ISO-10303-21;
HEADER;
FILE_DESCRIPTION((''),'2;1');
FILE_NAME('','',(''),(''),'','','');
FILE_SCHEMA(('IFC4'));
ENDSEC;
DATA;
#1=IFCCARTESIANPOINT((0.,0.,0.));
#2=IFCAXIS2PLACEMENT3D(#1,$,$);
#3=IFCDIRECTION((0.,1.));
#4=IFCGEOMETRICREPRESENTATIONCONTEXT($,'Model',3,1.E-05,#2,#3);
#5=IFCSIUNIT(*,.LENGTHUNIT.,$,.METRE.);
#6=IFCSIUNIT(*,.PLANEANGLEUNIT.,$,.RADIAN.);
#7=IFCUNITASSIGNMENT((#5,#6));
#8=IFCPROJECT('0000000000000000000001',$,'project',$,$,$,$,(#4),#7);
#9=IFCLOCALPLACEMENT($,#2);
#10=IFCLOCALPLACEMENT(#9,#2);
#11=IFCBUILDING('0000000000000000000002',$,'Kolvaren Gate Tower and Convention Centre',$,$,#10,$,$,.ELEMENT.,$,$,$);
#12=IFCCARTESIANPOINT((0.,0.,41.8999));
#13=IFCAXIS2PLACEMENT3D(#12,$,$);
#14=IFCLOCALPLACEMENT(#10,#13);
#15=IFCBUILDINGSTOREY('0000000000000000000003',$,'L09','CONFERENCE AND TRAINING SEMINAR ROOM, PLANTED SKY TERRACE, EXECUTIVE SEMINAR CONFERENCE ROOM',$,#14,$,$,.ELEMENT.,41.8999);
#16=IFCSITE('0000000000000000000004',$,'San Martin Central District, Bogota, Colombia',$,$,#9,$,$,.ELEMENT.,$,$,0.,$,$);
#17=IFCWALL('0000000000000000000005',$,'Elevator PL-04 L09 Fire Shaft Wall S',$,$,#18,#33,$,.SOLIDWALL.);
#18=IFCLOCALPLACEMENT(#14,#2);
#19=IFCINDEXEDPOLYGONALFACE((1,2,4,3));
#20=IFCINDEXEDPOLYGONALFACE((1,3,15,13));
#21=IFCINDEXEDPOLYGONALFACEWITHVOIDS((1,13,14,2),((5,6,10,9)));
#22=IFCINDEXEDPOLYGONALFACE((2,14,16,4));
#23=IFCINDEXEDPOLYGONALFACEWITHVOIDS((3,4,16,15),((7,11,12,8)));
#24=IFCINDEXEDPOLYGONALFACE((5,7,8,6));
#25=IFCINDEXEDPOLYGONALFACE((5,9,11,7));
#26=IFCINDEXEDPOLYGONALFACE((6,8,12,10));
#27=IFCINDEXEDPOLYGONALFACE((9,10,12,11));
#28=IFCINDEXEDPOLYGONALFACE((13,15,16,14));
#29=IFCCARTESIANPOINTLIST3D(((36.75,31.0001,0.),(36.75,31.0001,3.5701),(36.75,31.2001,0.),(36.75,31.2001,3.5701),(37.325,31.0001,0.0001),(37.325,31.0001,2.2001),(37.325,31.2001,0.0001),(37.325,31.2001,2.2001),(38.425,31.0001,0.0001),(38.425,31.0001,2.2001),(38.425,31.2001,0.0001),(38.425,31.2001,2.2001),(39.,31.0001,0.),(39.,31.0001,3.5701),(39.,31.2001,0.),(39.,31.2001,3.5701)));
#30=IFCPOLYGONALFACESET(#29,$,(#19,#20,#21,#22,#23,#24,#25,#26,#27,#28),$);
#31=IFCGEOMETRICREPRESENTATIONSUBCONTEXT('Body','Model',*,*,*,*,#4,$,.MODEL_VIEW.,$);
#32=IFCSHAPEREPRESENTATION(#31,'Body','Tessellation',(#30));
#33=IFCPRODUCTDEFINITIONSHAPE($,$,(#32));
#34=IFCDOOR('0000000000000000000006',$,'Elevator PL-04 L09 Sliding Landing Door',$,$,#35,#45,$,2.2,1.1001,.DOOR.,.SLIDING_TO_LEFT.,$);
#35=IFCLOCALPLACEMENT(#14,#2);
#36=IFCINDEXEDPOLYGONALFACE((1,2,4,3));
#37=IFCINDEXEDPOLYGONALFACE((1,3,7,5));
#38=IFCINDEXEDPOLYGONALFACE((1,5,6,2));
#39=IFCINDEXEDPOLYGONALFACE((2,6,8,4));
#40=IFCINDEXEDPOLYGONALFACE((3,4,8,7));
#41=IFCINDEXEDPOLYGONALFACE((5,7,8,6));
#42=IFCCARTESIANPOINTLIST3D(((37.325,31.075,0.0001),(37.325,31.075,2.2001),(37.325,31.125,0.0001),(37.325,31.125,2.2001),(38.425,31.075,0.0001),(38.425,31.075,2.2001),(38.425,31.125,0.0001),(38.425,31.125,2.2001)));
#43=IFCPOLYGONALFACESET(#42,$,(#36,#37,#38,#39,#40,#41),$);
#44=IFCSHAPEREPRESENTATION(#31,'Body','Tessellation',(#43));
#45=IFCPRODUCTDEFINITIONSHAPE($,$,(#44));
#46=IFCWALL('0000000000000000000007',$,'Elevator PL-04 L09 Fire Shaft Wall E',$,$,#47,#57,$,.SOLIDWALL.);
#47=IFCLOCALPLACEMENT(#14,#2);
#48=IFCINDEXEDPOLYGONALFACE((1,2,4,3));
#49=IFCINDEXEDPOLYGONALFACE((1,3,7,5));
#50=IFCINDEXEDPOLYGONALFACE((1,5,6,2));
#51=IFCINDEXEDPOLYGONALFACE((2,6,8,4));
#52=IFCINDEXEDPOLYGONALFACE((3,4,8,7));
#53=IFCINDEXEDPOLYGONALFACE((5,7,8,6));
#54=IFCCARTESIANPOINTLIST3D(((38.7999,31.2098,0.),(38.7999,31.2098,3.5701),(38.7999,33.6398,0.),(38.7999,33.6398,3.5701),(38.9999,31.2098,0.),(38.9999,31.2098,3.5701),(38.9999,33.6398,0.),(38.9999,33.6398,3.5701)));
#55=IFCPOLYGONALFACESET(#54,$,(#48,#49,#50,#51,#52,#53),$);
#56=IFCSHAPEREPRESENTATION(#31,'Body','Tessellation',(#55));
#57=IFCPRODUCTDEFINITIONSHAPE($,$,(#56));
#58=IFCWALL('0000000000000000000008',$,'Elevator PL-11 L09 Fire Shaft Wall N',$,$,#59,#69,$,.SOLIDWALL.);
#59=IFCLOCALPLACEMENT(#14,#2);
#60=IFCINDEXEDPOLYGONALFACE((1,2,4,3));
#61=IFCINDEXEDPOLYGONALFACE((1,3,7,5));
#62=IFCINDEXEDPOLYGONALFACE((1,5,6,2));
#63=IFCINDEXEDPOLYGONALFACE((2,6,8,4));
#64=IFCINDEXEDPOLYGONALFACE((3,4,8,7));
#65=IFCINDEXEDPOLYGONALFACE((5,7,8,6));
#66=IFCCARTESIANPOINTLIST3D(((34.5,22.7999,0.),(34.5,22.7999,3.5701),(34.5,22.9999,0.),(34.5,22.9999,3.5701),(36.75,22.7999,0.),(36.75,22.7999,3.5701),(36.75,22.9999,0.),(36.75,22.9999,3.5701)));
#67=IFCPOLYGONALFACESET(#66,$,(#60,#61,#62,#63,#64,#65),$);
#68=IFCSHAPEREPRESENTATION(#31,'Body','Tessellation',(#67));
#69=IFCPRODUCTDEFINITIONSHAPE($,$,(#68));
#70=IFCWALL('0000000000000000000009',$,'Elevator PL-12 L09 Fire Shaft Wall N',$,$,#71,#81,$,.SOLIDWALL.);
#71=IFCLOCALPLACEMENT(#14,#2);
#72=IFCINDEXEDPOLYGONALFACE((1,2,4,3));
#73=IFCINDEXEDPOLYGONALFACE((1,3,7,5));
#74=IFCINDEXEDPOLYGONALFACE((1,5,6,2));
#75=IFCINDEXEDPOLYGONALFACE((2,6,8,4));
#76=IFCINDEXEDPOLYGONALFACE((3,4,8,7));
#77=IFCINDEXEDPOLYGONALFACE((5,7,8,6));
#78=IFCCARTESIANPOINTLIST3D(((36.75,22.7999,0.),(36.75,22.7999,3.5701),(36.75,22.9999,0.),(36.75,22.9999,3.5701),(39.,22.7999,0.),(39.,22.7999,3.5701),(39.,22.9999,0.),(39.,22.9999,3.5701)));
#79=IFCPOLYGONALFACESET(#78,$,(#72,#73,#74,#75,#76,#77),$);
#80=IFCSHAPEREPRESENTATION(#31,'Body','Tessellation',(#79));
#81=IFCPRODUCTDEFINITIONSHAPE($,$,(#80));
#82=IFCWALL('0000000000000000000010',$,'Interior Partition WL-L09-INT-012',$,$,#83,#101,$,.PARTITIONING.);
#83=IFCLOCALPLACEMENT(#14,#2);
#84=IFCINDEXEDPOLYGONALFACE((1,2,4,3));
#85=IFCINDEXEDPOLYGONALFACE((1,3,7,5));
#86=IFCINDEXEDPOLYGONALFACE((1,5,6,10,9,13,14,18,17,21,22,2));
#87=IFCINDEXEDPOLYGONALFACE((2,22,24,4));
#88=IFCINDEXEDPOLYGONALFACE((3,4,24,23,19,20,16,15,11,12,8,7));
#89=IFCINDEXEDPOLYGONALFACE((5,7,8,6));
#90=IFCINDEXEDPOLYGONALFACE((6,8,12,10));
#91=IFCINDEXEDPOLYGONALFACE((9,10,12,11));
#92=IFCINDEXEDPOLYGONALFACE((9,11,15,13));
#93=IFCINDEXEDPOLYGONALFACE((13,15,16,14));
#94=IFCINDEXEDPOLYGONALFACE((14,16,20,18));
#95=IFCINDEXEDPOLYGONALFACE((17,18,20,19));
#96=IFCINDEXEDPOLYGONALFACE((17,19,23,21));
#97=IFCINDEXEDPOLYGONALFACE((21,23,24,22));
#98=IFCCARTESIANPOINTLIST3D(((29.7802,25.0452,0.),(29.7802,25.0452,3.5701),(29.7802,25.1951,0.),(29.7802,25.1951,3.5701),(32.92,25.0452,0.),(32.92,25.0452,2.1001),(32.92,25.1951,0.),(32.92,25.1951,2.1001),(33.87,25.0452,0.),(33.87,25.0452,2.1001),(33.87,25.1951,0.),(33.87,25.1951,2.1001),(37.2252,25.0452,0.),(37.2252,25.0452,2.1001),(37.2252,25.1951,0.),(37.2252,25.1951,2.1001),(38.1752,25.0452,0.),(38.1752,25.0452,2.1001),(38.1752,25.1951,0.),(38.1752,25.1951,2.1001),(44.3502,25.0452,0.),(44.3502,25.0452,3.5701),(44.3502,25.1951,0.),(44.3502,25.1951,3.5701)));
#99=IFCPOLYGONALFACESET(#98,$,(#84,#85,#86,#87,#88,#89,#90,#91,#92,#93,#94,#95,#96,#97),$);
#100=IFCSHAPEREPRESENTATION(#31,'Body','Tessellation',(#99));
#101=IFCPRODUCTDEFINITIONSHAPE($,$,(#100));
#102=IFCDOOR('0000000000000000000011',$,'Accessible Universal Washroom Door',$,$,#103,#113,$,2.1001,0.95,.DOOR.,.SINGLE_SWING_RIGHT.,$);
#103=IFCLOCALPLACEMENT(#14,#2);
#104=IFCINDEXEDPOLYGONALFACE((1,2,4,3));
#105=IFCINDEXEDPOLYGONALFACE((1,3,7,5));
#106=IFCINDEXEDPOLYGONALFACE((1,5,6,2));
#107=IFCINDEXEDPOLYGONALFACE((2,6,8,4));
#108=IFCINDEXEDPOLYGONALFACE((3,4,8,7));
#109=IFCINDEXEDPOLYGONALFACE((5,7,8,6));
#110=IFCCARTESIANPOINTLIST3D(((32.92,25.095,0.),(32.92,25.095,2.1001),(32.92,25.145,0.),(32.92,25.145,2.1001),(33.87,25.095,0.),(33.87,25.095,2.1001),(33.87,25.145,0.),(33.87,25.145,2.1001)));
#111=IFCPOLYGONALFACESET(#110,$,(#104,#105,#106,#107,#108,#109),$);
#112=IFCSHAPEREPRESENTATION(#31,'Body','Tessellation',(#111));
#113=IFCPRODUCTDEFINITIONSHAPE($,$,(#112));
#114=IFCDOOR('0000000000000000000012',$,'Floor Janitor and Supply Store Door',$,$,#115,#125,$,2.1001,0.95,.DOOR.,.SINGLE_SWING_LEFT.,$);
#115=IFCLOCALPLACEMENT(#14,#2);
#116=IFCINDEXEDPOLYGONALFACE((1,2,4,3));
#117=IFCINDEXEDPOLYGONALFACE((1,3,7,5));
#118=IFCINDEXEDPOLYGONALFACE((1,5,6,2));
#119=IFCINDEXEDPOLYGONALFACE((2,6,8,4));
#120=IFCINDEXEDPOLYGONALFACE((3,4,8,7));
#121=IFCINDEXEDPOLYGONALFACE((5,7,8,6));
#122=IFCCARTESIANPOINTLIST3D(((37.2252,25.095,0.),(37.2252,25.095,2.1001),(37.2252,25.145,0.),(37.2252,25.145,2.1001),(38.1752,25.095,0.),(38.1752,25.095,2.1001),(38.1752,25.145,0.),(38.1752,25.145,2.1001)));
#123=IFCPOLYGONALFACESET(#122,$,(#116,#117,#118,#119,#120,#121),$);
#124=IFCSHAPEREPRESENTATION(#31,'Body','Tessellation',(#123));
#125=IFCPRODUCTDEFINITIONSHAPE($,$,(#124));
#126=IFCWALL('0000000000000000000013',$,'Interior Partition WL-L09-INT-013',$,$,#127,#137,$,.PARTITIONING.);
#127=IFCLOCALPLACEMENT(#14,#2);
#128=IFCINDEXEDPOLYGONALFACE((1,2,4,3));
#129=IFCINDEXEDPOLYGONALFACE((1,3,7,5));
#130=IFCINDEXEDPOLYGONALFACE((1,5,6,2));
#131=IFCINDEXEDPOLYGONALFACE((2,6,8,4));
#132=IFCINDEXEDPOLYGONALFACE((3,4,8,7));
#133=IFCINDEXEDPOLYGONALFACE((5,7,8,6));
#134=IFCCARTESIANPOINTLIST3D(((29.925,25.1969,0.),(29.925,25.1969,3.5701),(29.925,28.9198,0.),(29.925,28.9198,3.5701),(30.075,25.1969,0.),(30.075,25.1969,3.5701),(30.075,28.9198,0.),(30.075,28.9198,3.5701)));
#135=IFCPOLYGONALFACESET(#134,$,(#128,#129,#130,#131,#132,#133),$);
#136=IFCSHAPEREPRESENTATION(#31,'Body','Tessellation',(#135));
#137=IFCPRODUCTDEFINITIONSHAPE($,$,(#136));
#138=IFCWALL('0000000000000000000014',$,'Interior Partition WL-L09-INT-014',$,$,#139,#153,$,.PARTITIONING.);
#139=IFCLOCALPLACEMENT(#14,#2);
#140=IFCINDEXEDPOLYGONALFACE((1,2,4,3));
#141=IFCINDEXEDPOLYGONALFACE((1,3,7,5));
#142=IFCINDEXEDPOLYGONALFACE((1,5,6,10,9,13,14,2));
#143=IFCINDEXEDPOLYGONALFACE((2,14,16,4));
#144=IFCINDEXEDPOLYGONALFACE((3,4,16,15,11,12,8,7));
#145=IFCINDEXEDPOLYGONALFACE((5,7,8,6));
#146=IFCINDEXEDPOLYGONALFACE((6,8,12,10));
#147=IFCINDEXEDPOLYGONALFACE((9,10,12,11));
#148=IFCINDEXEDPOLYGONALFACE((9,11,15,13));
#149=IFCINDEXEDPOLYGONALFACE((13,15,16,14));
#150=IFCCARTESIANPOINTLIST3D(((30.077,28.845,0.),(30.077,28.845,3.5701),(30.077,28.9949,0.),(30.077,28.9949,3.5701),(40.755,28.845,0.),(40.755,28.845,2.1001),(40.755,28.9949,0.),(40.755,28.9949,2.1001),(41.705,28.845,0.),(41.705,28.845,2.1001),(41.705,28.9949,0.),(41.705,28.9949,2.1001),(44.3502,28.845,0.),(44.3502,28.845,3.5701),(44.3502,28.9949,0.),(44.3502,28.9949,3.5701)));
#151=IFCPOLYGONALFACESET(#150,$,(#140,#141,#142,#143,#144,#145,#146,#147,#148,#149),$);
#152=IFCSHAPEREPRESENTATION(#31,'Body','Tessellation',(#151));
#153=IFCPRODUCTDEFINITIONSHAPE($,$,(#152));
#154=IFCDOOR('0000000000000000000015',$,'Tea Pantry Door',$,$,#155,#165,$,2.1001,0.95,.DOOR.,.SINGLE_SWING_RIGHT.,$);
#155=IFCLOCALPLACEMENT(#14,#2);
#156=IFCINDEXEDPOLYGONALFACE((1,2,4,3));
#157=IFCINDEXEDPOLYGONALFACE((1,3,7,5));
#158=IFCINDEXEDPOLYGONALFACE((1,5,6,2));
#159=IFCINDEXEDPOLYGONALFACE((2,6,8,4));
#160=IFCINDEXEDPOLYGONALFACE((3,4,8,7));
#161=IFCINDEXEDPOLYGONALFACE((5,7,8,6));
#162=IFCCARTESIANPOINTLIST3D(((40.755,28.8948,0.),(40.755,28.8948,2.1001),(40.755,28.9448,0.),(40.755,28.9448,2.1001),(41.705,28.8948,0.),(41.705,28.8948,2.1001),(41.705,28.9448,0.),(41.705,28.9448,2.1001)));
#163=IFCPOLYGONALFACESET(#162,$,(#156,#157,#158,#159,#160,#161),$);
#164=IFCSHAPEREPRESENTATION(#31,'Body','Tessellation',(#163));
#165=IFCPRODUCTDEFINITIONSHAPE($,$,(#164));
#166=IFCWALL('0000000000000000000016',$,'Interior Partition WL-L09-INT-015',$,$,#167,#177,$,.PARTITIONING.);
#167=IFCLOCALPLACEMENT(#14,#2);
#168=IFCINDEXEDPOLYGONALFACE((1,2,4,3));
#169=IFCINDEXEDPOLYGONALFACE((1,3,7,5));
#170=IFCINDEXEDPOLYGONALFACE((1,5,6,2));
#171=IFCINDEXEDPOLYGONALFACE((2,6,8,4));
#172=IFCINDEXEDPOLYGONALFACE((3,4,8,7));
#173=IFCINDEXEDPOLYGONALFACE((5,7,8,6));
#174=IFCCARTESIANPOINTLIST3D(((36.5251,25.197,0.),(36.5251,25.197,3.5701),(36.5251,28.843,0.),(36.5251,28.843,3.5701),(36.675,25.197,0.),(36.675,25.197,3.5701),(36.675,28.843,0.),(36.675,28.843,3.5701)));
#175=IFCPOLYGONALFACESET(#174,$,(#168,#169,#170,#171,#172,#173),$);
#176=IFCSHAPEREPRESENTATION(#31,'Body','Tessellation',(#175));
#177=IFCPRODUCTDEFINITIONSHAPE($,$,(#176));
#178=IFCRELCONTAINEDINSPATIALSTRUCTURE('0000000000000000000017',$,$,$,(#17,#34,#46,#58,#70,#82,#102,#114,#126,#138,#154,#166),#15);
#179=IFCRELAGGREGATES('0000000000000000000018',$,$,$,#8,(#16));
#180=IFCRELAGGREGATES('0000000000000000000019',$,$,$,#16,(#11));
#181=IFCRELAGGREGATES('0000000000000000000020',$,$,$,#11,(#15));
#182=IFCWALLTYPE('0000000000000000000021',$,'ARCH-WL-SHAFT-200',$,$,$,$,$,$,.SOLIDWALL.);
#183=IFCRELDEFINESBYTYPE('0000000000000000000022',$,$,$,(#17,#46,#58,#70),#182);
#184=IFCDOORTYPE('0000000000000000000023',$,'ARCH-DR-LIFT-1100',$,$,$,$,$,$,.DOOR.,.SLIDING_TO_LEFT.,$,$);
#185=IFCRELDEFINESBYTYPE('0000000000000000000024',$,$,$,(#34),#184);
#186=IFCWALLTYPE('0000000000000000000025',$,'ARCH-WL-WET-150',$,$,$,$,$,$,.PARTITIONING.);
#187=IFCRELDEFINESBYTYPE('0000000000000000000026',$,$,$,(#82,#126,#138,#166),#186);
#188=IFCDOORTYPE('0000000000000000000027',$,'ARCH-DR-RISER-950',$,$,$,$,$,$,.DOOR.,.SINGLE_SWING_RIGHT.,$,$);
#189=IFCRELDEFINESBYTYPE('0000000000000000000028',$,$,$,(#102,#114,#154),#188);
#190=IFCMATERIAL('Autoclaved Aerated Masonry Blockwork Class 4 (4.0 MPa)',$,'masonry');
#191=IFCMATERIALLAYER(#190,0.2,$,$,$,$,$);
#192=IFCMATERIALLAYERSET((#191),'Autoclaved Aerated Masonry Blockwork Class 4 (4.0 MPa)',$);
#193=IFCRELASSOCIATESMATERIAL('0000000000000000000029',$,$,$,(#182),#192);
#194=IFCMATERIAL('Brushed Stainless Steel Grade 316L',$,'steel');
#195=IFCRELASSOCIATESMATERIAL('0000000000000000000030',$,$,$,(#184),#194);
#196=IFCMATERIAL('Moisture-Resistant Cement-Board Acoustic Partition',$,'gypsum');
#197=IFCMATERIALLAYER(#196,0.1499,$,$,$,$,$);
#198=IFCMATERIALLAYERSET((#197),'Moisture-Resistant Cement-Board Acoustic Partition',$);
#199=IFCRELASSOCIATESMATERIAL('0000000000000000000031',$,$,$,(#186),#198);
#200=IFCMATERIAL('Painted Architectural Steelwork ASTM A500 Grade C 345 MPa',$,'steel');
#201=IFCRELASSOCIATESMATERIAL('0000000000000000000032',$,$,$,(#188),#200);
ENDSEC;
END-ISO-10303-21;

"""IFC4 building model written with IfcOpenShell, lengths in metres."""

from ifc_helpers import new_model, si_unit, direction, frame, frame_2d, origin, place, context, subcontext, project, spatial, rectangle, extrude, material, layer, layer_set, type_object, element, fill, save


model = new_model("IFC4")

# Units and contexts
model_context = context("Model", 3, precision=1e-05, world=origin(), true_north=direction((0.0, 1.0)))
body_context = subcontext(model_context, "Body", "Model", "MODEL_VIEW")
ifc_project = project(units=[si_unit("LENGTHUNIT", "METRE"), si_unit("PLANEANGLEUNIT", "RADIAN")], contexts=[model_context])

# Site, building, storey
site_placement = place(None, origin())
site = spatial("IfcSite", under=ifc_project, at=site_placement, Name="San Martin Central District, Bogota, Colombia", CompositionType="ELEMENT", RefElevation=0.0)
building_placement = place(site_placement, origin())
building = spatial("IfcBuilding", under=site, at=building_placement, Name="Kolvaren Gate Tower and Convention Centre", CompositionType="ELEMENT")
storey_placement = place(building_placement, frame((0.0, 0.0, 41.8999)))
storey = spatial("IfcBuildingStorey", under=building, at=storey_placement, Name="L09", Description="CONFERENCE AND TRAINING SEMINAR ROOM, PLANTED SKY TERRACE, EXECUTIVE SEMINAR CONFERENCE ROOM", CompositionType="ELEMENT", Elevation=41.8999)

# Shared definitions
ifc_material_1 = material(Name="Autoclaved Aerated Masonry Blockwork Class 4 (4.0 MPa)", Category="masonry")
ifc_layer_1 = layer(ifc_material_1, 0.2)
ifc_layer_set_1 = layer_set([ifc_layer_1], Name="Autoclaved Aerated Masonry Blockwork Class 4 (4.0 MPa)")
wall_type_1 = type_object("IfcWallType", Name="ARCH-WL-SHAFT-200", PredefinedType="SOLIDWALL", material=ifc_layer_set_1)
ifc_material_2 = material(Name="Brushed Stainless Steel Grade 316L", Category="steel")
door_type_1 = type_object("IfcDoorType", Name="ARCH-DR-LIFT-1100", OperationType="SLIDING_TO_LEFT", PredefinedType="DOOR", material=ifc_material_2)

# Wall, opening, door
wall_1_placement = place(storey_placement, frame((36.75, 31.1001, 0.0), z_axis=(0.0, 0.0, 1.0), x_axis=(1.0, 0.0, 0.0)))
wall_1 = element("IfcWall", 1, at=wall_1_placement, inside=storey, type_object=wall_type_1, Name="Elevator PL-04 L09 Fire Shaft Wall S", PredefinedType="SOLIDWALL", context=body_context, shape_type="SweptSolid", body=[
    extrude(rectangle(XDim=2.25, YDim=0.2, at=frame_2d((1.125, 0.0))), origin(), (0.0, 0.0, 1.0), 3.5701),
])
opening_1_placement = place(wall_1_placement, frame((0.575, 0.0, 0.0)))
opening_1 = element("IfcOpeningElement", 2, at=opening_1_placement, cuts=wall_1, PredefinedType="OPENING", context=body_context, shape_type="SweptSolid", body=[
    extrude(rectangle(XDim=1.1001, YDim=2.2, at=frame_2d((0.55, 1.1001))), frame((0.0, 0.1099, 0.0), z_axis=(0.0, -1.0, 0.0), x_axis=(1.0, 0.0, 0.0)), (0.0, 0.0, 1.0), 0.22),
])
door_1_placement = place(opening_1_placement, origin())
door_1 = element("IfcDoor", 3, at=door_1_placement, inside=storey, type_object=door_type_1, Name="Elevator PL-04 L09 Sliding Landing Door", OperationType="SLIDING_TO_LEFT", OverallHeight=2.2, OverallWidth=1.1001, PredefinedType="DOOR", context=body_context, shape_type="SweptSolid", body=[
    extrude(rectangle(XDim=1.1001, YDim=2.2, at=frame_2d((0.55, 1.1001))), frame((0.0, 0.0249, 0.0), z_axis=(0.0, -1.0, 0.0), x_axis=(1.0, 0.0, 0.0)), (0.0, 0.0, 1.0), 0.05),
])
fill(opening_1, door_1)

# Walls
wall_2_placement = place(storey_placement, frame((38.8999, 31.21, 0.0), z_axis=(0.0, 0.0, 1.0), x_axis=(0.0, 1.0, 0.0)))
element("IfcWall", 4, at=wall_2_placement, inside=storey, type_object=wall_type_1, Name="Elevator PL-04 L09 Fire Shaft Wall E", PredefinedType="SOLIDWALL", context=body_context, shape_type="SweptSolid", body=[
    extrude(rectangle(XDim=2.4299, YDim=0.2, at=frame_2d((1.2148, 0.0))), origin(), (0.0, 0.0, 1.0), 3.5701),
])
for number, where, z_axis, x_axis, name in (
    (5, (34.5, 22.8999, 0.0), (0.0, 0.0, 1.0), (1.0, 0.0, 0.0), "Elevator PL-11 L09 Fire Shaft Wall N"),
    (6, (36.75, 22.8999, 0.0), (0.0, 0.0, 1.0), (1.0, 0.0, 0.0), "Elevator PL-12 L09 Fire Shaft Wall N"),
):
    element("IfcWall", number, at=place(storey_placement, frame(where, z_axis=z_axis, x_axis=x_axis)), inside=storey, type_object=wall_type_1, Name=name, PredefinedType="SOLIDWALL", context=body_context, shape_type="SweptSolid", body=[
        extrude(rectangle(XDim=2.25, YDim=0.2, at=frame_2d((1.125, 0.0))), origin(), (0.0, 0.0, 1.0), 3.5701),
    ])

# Wall, openings, doors
ifc_material_3 = material(Name="Moisture-Resistant Cement-Board Acoustic Partition", Category="gypsum")
ifc_layer_2 = layer(ifc_material_3, 0.1499)
ifc_layer_set_2 = layer_set([ifc_layer_2], Name="Moisture-Resistant Cement-Board Acoustic Partition")
wall_type_2 = type_object("IfcWallType", Name="ARCH-WL-WET-150", PredefinedType="PARTITIONING", material=ifc_layer_set_2)
wall_3_placement = place(storey_placement, frame((29.78, 25.1201, 0.0), z_axis=(0.0, 0.0, 1.0), x_axis=(1.0, 0.0, 0.0)))
wall_3 = element("IfcWall", 7, at=wall_3_placement, inside=storey, type_object=wall_type_2, Name="Interior Partition WL-L09-INT-012", PredefinedType="PARTITIONING", context=body_context, shape_type="SweptSolid", body=[
    extrude(rectangle(XDim=14.5701, YDim=0.1499, at=frame_2d((7.2852, 0.0))), origin(), (0.0, 0.0, 1.0), 3.5701),
])
opening_2_placement = place(wall_3_placement, frame((3.1399, 0.0, 0.0)))
opening_2 = element("IfcOpeningElement", 8, at=opening_2_placement, cuts=wall_3, PredefinedType="OPENING", context=body_context, shape_type="SweptSolid", body=[
    extrude(rectangle(XDim=0.95, YDim=2.1001, at=frame_2d((0.4751, 1.05))), frame((0.0, 0.085, 0.0), z_axis=(0.0, -1.0, 0.0), x_axis=(1.0, 0.0, 0.0)), (0.0, 0.0, 1.0), 0.1699),
])
opening_3_placement = place(wall_3_placement, frame((7.4451, 0.0, 0.0)))
opening_3 = element("IfcOpeningElement", 9, at=opening_3_placement, cuts=wall_3, PredefinedType="OPENING", context=body_context, shape_type="SweptSolid", body=[
    extrude(rectangle(XDim=0.95, YDim=2.1001, at=frame_2d((0.4751, 1.05))), frame((0.0, 0.085, 0.0), z_axis=(0.0, -1.0, 0.0), x_axis=(1.0, 0.0, 0.0)), (0.0, 0.0, 1.0), 0.1699),
])
ifc_material_4 = material(Name="Painted Architectural Steelwork ASTM A500 Grade C 345 MPa", Category="steel")
door_type_2 = type_object("IfcDoorType", Name="ARCH-DR-RISER-950", OperationType="SINGLE_SWING_RIGHT", PredefinedType="DOOR", material=ifc_material_4)
door_2_placement = place(opening_2_placement, origin())
door_2 = element("IfcDoor", 10, at=door_2_placement, inside=storey, type_object=door_type_2, Name="Accessible Universal Washroom Door", OperationType="SINGLE_SWING_RIGHT", OverallHeight=2.1001, OverallWidth=0.95, PredefinedType="DOOR", context=body_context, shape_type="SweptSolid", body=[
    extrude(rectangle(XDim=0.95, YDim=2.1001, at=frame_2d((0.4751, 1.05))), frame((0.0, 0.0249, 0.0), z_axis=(0.0, -1.0, 0.0), x_axis=(1.0, 0.0, 0.0)), (0.0, 0.0, 1.0), 0.05),
])
fill(opening_2, door_2)
door_3_placement = place(opening_3_placement, origin())
door_3 = element("IfcDoor", 11, at=door_3_placement, inside=storey, type_object=door_type_2, Name="Floor Janitor and Supply Store Door", OperationType="SINGLE_SWING_LEFT", OverallHeight=2.1001, OverallWidth=0.95, PredefinedType="DOOR", context=body_context, shape_type="SweptSolid", body=[
    extrude(rectangle(XDim=0.95, YDim=2.1001, at=frame_2d((0.4751, 1.05))), frame((0.0, 0.0249, 0.0), z_axis=(0.0, -1.0, 0.0), x_axis=(1.0, 0.0, 0.0)), (0.0, 0.0, 1.0), 0.05),
])
fill(opening_3, door_3)

# Wall
wall_4_placement = place(storey_placement, frame((30.0, 25.197, 0.0), z_axis=(0.0, 0.0, 1.0), x_axis=(0.0, 1.0, 0.0)))
element("IfcWall", 12, at=wall_4_placement, inside=storey, type_object=wall_type_2, Name="Interior Partition WL-L09-INT-013", PredefinedType="PARTITIONING", context=body_context, shape_type="SweptSolid", body=[
    extrude(rectangle(XDim=3.7229, YDim=0.1499, at=frame_2d((1.8613, 0.0))), origin(), (0.0, 0.0, 1.0), 3.5701),
])

# Wall, opening, door
wall_5_placement = place(storey_placement, frame((30.0769, 28.9199, 0.0), z_axis=(0.0, 0.0, 1.0), x_axis=(1.0, 0.0, 0.0)))
wall_5 = element("IfcWall", 13, at=wall_5_placement, inside=storey, type_object=wall_type_2, Name="Interior Partition WL-L09-INT-014", PredefinedType="PARTITIONING", context=body_context, shape_type="SweptSolid", body=[
    extrude(rectangle(XDim=14.2732, YDim=0.1499, at=frame_2d((7.1367, 0.0))), origin(), (0.0, 0.0, 1.0), 3.5701),
])
opening_4_placement = place(wall_5_placement, frame((10.678, 0.0, 0.0)))
opening_4 = element("IfcOpeningElement", 14, at=opening_4_placement, cuts=wall_5, PredefinedType="OPENING", context=body_context, shape_type="SweptSolid", body=[
    extrude(rectangle(XDim=0.95, YDim=2.1001, at=frame_2d((0.4751, 1.05))), frame((0.0, 0.085, 0.0), z_axis=(0.0, -1.0, 0.0), x_axis=(1.0, 0.0, 0.0)), (0.0, 0.0, 1.0), 0.1699),
])
door_4_placement = place(opening_4_placement, origin())
door_4 = element("IfcDoor", 15, at=door_4_placement, inside=storey, type_object=door_type_2, Name="Tea Pantry Door", OperationType="SINGLE_SWING_RIGHT", OverallHeight=2.1001, OverallWidth=0.95, PredefinedType="DOOR", context=body_context, shape_type="SweptSolid", body=[
    extrude(rectangle(XDim=0.95, YDim=2.1001, at=frame_2d((0.4751, 1.05))), frame((0.0, 0.0249, 0.0), z_axis=(0.0, -1.0, 0.0), x_axis=(1.0, 0.0, 0.0)), (0.0, 0.0, 1.0), 0.05),
])
fill(opening_4, door_4)

# Wall
for number, where, z_axis, x_axis, name in (
    (16, (36.6001, 25.197, 0.0), (0.0, 0.0, 1.0), (0.0, 1.0, 0.0), "Interior Partition WL-L09-INT-015"),
):
    element("IfcWall", number, at=place(storey_placement, frame(where, z_axis=z_axis, x_axis=x_axis)), inside=storey, type_object=wall_type_2, Name=name, PredefinedType="PARTITIONING", context=body_context, shape_type="SweptSolid", body=[
        extrude(rectangle(XDim=3.646, YDim=0.1499, at=frame_2d((1.823, 0.0))), origin(), (0.0, 0.0, 1.0), 3.5701),
    ])

save(model, "model.ifc")
